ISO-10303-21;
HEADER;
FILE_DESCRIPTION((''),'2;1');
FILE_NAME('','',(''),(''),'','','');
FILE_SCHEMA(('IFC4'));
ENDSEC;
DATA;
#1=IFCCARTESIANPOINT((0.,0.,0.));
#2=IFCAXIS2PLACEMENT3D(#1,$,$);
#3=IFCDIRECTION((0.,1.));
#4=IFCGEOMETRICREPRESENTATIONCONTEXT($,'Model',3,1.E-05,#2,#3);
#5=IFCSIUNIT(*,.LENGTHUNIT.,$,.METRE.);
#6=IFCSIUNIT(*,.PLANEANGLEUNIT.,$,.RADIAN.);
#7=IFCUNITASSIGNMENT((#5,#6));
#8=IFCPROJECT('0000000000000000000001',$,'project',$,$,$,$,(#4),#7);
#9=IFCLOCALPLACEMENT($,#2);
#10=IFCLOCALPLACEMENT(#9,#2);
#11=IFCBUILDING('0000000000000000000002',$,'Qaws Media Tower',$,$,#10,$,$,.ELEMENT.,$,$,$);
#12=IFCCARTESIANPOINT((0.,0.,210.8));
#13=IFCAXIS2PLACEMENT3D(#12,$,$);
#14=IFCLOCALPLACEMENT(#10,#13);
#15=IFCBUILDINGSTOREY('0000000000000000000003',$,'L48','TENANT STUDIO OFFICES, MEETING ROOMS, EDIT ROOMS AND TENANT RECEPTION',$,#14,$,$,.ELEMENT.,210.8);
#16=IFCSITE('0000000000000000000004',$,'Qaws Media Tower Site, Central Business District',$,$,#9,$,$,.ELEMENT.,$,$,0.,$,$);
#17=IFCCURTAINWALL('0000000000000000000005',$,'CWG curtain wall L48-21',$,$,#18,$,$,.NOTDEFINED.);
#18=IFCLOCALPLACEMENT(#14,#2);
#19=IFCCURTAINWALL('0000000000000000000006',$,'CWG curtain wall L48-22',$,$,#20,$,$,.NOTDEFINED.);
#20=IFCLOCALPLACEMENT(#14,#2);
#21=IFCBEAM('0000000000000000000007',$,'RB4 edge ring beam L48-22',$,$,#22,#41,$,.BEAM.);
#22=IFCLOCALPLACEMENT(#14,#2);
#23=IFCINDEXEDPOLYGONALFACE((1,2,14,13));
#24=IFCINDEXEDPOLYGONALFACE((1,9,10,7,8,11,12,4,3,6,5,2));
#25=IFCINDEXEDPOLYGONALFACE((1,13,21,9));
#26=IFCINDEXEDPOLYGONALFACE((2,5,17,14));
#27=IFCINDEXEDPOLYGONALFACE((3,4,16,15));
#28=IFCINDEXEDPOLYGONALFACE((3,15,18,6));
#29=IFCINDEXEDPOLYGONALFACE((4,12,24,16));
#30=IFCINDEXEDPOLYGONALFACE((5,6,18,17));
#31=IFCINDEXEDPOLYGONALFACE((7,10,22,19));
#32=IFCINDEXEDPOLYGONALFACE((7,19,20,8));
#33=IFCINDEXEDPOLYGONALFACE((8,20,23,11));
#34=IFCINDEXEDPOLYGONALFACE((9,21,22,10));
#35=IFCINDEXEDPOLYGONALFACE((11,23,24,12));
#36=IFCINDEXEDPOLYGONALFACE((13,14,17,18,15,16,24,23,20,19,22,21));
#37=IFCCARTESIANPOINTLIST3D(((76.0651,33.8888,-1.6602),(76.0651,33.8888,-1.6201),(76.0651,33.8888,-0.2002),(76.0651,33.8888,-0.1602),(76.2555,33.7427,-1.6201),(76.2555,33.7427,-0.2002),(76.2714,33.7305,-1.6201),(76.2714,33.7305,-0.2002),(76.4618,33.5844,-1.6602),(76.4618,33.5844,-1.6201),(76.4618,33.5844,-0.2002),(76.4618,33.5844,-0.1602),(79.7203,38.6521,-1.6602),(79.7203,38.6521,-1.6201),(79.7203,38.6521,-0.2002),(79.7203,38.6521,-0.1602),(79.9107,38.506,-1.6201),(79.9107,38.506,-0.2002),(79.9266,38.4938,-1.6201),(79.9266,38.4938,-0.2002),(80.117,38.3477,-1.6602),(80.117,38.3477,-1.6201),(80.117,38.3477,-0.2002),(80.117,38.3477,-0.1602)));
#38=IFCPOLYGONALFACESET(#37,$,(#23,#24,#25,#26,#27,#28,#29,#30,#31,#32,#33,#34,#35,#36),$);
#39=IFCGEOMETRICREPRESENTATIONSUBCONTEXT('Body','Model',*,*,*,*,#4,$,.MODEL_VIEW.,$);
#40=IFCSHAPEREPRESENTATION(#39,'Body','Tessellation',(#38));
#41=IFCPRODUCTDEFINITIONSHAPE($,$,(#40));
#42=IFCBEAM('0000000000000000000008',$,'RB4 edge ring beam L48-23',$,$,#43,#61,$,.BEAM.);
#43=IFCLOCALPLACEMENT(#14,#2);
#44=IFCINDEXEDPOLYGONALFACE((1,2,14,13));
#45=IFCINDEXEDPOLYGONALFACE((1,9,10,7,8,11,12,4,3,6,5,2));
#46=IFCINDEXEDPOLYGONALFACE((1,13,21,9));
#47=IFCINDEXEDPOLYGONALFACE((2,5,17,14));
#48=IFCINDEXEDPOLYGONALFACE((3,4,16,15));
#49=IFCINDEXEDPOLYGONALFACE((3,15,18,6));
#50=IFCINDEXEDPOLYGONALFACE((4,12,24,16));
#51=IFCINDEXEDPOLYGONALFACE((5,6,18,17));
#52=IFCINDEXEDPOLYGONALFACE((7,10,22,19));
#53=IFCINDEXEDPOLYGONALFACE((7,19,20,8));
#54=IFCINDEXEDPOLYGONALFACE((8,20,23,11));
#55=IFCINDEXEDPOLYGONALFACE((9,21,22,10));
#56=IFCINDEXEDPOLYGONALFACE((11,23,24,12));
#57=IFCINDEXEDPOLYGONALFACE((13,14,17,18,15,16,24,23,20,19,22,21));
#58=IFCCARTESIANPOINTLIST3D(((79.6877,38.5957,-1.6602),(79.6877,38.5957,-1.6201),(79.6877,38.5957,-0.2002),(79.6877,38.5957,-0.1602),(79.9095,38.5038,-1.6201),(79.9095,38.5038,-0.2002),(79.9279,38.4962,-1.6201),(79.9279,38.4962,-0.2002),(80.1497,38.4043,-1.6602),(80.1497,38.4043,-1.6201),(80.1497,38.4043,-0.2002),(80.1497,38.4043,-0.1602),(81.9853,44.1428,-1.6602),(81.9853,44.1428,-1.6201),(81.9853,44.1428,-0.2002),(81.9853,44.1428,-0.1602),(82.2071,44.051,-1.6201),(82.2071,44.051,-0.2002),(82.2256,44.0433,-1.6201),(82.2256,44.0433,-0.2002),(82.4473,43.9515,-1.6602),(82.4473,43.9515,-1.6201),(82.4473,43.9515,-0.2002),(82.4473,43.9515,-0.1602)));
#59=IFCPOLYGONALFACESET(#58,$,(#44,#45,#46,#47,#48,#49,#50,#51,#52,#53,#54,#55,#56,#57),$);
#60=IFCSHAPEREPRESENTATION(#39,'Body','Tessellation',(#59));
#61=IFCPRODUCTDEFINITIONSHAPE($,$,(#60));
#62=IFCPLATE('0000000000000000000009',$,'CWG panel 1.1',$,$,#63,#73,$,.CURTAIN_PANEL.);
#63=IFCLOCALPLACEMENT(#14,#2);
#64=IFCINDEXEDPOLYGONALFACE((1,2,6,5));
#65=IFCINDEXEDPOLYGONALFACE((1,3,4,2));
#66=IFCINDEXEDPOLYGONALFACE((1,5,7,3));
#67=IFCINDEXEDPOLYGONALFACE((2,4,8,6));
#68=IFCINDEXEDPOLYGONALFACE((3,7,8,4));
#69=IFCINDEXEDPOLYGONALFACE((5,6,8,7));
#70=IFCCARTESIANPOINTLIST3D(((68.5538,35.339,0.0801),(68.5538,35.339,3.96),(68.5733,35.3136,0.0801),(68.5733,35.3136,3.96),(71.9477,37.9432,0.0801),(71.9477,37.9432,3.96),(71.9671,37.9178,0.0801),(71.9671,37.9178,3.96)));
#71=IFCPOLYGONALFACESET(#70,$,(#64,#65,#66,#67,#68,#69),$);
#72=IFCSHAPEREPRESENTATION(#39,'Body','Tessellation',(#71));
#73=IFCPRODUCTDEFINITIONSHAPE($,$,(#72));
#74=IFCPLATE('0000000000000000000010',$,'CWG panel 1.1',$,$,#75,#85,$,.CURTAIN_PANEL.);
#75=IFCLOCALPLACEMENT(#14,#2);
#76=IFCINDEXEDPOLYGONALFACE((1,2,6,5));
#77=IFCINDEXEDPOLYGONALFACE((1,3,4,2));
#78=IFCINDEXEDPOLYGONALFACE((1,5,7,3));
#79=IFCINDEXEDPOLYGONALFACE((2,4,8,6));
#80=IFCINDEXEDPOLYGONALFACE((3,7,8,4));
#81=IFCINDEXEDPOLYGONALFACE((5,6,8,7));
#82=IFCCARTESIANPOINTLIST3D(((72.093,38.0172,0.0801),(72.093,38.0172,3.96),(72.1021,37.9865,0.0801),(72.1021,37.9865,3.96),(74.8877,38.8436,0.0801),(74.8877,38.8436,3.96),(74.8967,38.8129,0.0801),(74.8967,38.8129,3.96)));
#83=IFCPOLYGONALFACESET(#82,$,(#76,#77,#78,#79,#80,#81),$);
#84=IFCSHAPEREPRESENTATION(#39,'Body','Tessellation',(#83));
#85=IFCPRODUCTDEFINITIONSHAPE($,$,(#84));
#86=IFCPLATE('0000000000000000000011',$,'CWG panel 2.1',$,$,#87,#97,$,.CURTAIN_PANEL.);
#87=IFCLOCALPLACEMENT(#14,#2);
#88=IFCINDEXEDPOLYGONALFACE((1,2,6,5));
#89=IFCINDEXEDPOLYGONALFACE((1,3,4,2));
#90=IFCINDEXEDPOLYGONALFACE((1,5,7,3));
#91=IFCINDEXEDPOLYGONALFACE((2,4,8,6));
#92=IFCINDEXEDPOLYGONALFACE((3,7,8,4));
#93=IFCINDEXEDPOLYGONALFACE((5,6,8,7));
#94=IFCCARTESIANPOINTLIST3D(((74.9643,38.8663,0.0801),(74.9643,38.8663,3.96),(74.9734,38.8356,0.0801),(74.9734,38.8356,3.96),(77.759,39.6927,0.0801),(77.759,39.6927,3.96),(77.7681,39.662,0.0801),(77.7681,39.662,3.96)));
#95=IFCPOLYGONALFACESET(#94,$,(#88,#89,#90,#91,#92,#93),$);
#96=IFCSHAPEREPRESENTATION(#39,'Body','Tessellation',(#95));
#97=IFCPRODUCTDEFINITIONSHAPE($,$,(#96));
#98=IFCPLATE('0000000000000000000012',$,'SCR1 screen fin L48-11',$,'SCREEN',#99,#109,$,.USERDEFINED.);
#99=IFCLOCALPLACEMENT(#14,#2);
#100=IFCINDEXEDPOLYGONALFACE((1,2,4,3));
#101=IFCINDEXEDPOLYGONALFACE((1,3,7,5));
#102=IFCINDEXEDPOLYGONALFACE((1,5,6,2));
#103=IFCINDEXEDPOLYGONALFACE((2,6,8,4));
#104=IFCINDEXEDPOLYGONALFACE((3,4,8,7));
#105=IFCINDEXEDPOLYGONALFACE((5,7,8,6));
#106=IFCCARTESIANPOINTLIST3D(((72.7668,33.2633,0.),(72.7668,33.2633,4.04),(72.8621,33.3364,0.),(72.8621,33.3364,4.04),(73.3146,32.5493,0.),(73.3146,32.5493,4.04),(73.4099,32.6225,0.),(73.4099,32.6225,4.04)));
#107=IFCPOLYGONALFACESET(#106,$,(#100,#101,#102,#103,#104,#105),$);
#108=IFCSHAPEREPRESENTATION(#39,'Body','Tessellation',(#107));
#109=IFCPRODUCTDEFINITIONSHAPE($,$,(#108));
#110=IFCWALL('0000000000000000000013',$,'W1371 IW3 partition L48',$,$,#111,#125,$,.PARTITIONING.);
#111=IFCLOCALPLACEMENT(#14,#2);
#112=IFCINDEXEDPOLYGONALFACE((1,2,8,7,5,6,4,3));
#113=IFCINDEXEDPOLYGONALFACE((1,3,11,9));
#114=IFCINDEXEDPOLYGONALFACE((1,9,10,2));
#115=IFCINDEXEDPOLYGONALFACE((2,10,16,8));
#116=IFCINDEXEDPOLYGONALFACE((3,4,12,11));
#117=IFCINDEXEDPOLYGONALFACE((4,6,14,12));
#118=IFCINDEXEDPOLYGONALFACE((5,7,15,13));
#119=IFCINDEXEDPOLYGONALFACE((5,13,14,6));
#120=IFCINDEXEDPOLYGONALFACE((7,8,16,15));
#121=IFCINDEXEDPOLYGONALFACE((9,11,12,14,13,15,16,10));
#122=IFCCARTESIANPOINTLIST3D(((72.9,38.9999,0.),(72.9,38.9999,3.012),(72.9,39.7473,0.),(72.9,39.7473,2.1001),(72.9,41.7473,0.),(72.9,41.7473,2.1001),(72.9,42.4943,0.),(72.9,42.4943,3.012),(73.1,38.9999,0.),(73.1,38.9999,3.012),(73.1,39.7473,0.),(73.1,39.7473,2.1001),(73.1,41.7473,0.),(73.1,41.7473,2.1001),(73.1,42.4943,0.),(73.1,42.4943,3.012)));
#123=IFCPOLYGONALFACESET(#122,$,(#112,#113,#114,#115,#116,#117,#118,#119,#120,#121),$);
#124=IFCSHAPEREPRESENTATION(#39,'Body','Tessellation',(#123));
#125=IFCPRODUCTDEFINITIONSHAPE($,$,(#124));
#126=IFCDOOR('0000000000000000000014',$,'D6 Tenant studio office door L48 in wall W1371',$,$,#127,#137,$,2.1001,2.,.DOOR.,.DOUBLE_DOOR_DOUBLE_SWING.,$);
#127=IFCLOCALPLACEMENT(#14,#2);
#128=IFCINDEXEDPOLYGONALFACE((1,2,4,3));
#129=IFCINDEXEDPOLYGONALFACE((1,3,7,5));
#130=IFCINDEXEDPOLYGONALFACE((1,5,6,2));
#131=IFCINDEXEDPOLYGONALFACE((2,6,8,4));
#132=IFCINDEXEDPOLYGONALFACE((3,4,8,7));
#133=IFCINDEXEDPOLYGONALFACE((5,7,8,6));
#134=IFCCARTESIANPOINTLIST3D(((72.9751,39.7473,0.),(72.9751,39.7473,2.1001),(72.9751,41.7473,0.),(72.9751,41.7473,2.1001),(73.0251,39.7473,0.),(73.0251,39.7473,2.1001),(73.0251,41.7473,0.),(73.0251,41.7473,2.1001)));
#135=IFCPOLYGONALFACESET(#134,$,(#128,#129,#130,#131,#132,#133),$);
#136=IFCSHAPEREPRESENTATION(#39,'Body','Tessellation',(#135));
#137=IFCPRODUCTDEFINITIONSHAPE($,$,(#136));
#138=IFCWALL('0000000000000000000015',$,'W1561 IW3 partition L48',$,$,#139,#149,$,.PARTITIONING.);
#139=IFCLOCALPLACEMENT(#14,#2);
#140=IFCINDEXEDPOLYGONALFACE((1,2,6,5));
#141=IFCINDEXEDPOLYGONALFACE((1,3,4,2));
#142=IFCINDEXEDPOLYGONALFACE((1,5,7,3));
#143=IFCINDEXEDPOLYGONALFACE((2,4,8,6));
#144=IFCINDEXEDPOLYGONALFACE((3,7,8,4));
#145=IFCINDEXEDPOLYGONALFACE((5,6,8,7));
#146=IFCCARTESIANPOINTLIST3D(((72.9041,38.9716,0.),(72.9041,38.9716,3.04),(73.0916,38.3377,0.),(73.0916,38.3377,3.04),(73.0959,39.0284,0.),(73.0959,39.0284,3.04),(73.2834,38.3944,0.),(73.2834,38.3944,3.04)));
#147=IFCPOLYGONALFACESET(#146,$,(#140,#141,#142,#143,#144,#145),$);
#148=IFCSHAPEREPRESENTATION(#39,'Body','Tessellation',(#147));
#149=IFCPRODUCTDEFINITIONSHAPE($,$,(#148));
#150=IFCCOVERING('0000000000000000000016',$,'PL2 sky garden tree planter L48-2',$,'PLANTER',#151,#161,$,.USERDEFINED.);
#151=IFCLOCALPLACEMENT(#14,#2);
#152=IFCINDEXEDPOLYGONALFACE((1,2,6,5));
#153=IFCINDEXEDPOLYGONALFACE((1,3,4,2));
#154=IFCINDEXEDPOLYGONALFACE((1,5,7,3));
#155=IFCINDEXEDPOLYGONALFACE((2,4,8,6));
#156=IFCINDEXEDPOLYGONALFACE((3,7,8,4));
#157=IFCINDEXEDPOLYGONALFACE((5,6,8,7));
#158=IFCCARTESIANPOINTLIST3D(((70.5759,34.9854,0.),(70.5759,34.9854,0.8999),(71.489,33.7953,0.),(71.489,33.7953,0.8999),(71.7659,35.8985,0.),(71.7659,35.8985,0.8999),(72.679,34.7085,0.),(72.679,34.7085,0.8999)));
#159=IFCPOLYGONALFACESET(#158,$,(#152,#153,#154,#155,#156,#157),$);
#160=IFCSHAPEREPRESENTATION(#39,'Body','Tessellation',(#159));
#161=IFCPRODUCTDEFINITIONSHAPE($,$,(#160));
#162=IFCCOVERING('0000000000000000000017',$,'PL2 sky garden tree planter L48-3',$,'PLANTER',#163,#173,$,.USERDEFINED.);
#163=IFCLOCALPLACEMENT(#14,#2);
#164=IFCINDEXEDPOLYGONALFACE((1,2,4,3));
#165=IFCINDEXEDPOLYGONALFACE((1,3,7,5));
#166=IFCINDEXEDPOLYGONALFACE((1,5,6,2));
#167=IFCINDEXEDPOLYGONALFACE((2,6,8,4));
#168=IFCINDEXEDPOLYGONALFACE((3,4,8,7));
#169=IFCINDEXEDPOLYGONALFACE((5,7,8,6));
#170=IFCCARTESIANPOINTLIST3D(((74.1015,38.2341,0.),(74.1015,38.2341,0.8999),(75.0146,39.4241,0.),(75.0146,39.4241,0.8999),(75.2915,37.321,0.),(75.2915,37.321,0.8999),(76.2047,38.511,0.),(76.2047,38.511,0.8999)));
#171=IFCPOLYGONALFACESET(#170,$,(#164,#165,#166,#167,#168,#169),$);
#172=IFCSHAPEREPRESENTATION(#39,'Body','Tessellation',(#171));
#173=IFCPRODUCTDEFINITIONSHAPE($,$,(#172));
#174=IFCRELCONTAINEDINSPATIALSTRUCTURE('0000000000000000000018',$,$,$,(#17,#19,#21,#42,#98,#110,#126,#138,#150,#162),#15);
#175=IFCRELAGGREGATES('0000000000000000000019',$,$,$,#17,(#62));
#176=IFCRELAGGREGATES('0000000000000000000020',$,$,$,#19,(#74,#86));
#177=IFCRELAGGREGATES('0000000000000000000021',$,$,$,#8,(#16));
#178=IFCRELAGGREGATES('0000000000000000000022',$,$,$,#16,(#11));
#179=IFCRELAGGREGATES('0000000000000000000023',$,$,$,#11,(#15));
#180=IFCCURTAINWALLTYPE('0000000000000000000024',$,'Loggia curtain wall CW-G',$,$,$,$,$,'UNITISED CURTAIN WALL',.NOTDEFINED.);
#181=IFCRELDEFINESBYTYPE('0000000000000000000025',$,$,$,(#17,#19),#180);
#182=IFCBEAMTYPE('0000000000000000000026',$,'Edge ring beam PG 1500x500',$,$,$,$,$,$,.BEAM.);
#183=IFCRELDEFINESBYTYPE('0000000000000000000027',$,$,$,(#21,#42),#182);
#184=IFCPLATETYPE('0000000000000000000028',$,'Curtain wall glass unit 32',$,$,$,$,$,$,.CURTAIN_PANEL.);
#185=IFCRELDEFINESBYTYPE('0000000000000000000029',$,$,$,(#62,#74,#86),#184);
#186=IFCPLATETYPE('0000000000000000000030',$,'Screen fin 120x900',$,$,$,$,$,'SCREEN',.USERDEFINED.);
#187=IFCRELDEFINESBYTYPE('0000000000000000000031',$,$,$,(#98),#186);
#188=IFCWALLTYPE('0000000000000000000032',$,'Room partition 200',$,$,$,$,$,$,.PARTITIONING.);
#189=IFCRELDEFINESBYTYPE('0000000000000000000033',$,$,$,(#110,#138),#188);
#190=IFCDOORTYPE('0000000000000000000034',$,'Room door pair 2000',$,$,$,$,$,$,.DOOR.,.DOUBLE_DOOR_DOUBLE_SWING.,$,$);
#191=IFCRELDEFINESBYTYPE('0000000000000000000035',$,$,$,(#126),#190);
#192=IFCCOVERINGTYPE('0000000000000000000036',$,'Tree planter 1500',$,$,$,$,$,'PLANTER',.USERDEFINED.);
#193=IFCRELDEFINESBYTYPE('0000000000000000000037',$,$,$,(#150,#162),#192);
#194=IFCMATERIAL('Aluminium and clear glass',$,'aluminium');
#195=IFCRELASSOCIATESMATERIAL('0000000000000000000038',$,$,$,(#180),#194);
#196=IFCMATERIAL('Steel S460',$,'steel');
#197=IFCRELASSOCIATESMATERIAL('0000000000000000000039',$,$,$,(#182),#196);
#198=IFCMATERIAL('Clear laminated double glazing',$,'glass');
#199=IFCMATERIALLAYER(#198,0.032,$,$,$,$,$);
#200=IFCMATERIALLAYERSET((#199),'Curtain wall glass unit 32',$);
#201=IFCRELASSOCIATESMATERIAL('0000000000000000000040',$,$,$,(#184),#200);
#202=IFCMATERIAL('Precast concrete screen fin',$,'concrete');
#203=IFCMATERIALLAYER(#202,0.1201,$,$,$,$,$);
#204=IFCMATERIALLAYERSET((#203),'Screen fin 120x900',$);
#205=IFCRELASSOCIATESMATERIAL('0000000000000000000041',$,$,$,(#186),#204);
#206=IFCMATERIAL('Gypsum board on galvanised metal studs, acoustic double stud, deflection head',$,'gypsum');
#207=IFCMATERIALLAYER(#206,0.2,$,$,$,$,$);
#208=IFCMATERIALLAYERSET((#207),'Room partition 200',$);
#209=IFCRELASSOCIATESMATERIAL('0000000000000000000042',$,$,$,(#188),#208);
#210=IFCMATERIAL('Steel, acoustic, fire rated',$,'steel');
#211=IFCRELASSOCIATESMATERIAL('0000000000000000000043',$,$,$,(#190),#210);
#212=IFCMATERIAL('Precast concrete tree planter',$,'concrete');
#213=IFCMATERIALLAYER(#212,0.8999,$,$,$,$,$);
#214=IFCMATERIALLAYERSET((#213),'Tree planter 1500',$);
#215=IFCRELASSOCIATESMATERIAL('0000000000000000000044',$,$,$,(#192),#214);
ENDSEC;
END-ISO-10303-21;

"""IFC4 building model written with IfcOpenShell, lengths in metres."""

from ifc_helpers import new_model, si_unit, direction, frame, frame_2d, origin, origin_2d, place, context, subcontext, project, spatial, rectangle, i_section, extrude, material, layer, layer_set, material_profile, profile_set, type_object, element, fill, aggregate, save


model = new_model("IFC4")

# Units and contexts
model_context = context("Model", 3, precision=1e-05, world=origin(), true_north=direction((0.0, 1.0)))
body_context = subcontext(model_context, "Body", "Model", "MODEL_VIEW")
ifc_project = project(units=[si_unit("LENGTHUNIT", "METRE"), si_unit("PLANEANGLEUNIT", "RADIAN")], contexts=[model_context])

# Site, building, storey
site_placement = place(None, origin())
site = spatial("IfcSite", under=ifc_project, at=site_placement, Name="Qaws Media Tower Site, Central Business District", CompositionType="ELEMENT", RefElevation=0.0)
building_placement = place(site_placement, origin())
building = spatial("IfcBuilding", under=site, at=building_placement, Name="Qaws Media Tower", CompositionType="ELEMENT")
storey_placement = place(building_placement, frame((0.0, 0.0, 210.8)))
storey = spatial("IfcBuildingStorey", under=building, at=storey_placement, Name="L48", Description="TENANT STUDIO OFFICES, MEETING ROOMS, EDIT ROOMS AND TENANT RECEPTION", CompositionType="ELEMENT", Elevation=210.8)

# Curtain wall
ifc_material_1 = material(Name="Aluminium and clear glass", Category="aluminium")
curtain_wall_type_1 = type_object("IfcCurtainWallType", Name="Loggia curtain wall CW-G", ElementType="UNITISED CURTAIN WALL", PredefinedType="NOTDEFINED", material=ifc_material_1)
curtain_wall_1_placement = place(storey_placement, origin())
curtain_wall_1 = element("IfcCurtainWall", 1, at=curtain_wall_1_placement, inside=storey, type_object=curtain_wall_type_1, Name="CWG curtain wall L48-21", PredefinedType="NOTDEFINED")

# Curtain wall
curtain_wall_2_placement = place(storey_placement, origin())
curtain_wall_2 = element("IfcCurtainWall", 2, at=curtain_wall_2_placement, inside=storey, type_object=curtain_wall_type_1, Name="CWG curtain wall L48-22", PredefinedType="NOTDEFINED")

# Beams
ifc_material_2 = material(Name="Steel S460", Category="steel")
ifc_material_profile_1 = material_profile(ifc_material_2, i_section(OverallWidth=0.5, OverallDepth=1.5, WebThickness=0.02, FlangeThickness=0.04, at=origin_2d()), Name="PG 1500x500")
ifc_profile_set_1 = profile_set([ifc_material_profile_1], Name="Steel S460")
beam_type = type_object("IfcBeamType", Name="Edge ring beam PG 1500x500", PredefinedType="BEAM", material=ifc_profile_set_1)
for number, where, z_axis, x_axis, name in (
    (3, (76.2634, 33.7366, -0.9102), (0.608779, 0.79334, 0.0), (-0.79334, 0.608779, 0.0), "RB4 edge ring beam L48-22"),
    (4, (79.9187, 38.5, -0.9102), (0.382671, 0.923885, 0.0), (-0.923885, 0.382671, 0.0), "RB4 edge ring beam L48-23"),
):
    element("IfcBeam", number, at=place(storey_placement, frame(where, z_axis=z_axis, x_axis=x_axis)), inside=storey, type_object=beam_type, Name=name, PredefinedType="BEAM", context=body_context, shape_type="SweptSolid", body=[
        extrude(i_section(OverallWidth=0.5, OverallDepth=1.5, WebThickness=0.02, FlangeThickness=0.04, at=origin_2d()), origin(), (0.0, 0.0, 1.0), 6.0042),
    ])

# Plates
ifc_material_3 = material(Name="Clear laminated double glazing", Category="glass")
ifc_layer_1 = layer(ifc_material_3, 0.032)
ifc_layer_set_1 = layer_set([ifc_layer_1], Name="Curtain wall glass unit 32")
plate_type_1 = type_object("IfcPlateType", Name="Curtain wall glass unit 32", PredefinedType="CURTAIN_PANEL", material=ifc_layer_set_1)
plate_1_placement = place(storey_placement, frame((70.2605, 36.6284, 0.0801), z_axis=(0.0, 0.0, 1.0), x_axis=(0.793353, 0.608762, 0.0)))
plate_1 = element("IfcPlate", 5, at=plate_1_placement, type_object=plate_type_1, Name="CWG panel 1.1", PredefinedType="CURTAIN_PANEL", context=body_context, shape_type="SweptSolid", body=[
    extrude(rectangle(XDim=4.2778, YDim=0.032, at=origin_2d()), origin(), (0.0, 0.0, 1.0), 3.8799),
])
aggregate(curtain_wall_1, [plate_1])
plate_2_placement = place(storey_placement, frame((73.4949, 38.415, 0.0801), z_axis=(0.0, 0.0, 1.0), x_axis=(0.958952, 0.28357, 0.0)))
plate_2 = element("IfcPlate", 6, at=plate_2_placement, type_object=plate_type_1, Name="CWG panel 1.1", PredefinedType="CURTAIN_PANEL", context=body_context, shape_type="SweptSolid", body=[
    extrude(rectangle(XDim=2.9143, YDim=0.032, at=origin_2d()), origin(), (0.0, 0.0, 1.0), 3.8799),
])
plate_3_placement = place(storey_placement, frame((76.3662, 39.2642, 0.0801), z_axis=(0.0, 0.0, 1.0), x_axis=(0.958952, 0.28357, 0.0)))
plate_3 = element("IfcPlate", 7, at=plate_3_placement, type_object=plate_type_1, Name="CWG panel 2.1", PredefinedType="CURTAIN_PANEL", context=body_context, shape_type="SweptSolid", body=[
    extrude(rectangle(XDim=2.9143, YDim=0.032, at=origin_2d()), origin(), (0.0, 0.0, 1.0), 3.8799),
])
aggregate(curtain_wall_2, [plate_2, plate_3])
ifc_material_4 = material(Name="Precast concrete screen fin", Category="concrete")
ifc_layer_2 = layer(ifc_material_4, 0.1201)
ifc_layer_set_2 = layer_set([ifc_layer_2], Name="Screen fin 120x900")
plate_type_2 = type_object("IfcPlateType", Name="Screen fin 120x900", ElementType="SCREEN", PredefinedType="USERDEFINED", material=ifc_layer_set_2)
plate_4_placement = place(storey_placement, frame((73.0884, 32.9429, 0.0), z_axis=(0.0, 0.0, 1.0), x_axis=(0.608761, -0.793353, 0.0)))
element("IfcPlate", 8, at=plate_4_placement, inside=storey, type_object=plate_type_2, Name="SCR1 screen fin L48-11", ObjectType="SCREEN", PredefinedType="USERDEFINED", context=body_context, shape_type="SweptSolid", body=[
    extrude(rectangle(XDim=0.8999, YDim=0.1201, at=origin_2d()), origin(), (0.0, 0.0, 1.0), 4.04),
])

# Wall, opening, door
ifc_material_5 = material(Name="Gypsum board on galvanised metal studs, acoustic double stud, deflection head", Category="gypsum")
ifc_layer_3 = layer(ifc_material_5, 0.2)
ifc_layer_set_3 = layer_set([ifc_layer_3], Name="Room partition 200")
wall_type = type_object("IfcWallType", Name="Room partition 200", PredefinedType="PARTITIONING", material=ifc_layer_set_3)
wall_1_placement = place(storey_placement, frame((73.0, 39.0, 0.0), z_axis=(0.0, 0.0, 1.0), x_axis=(0.0, 1.0, 0.0)))
wall_1 = element("IfcWall", 9, at=wall_1_placement, inside=storey, type_object=wall_type, Name="W1371 IW3 partition L48", PredefinedType="PARTITIONING", context=body_context, shape_type="SweptSolid", body=[
    extrude(rectangle(XDim=3.4944, YDim=0.2, at=frame_2d((1.7471, 0.0))), origin(), (0.0, 0.0, 1.0), 3.012),
])
opening_placement = place(wall_1_placement, frame((0.7473, 0.0, 0.0)))
opening = element("IfcOpeningElement", 10, at=opening_placement, cuts=wall_1, PredefinedType="OPENING", context=body_context, shape_type="SweptSolid", body=[
    extrude(rectangle(XDim=2.0, YDim=2.1001, at=frame_2d((1.0, 1.05))), frame((0.0, 0.1099, 0.0), z_axis=(0.0, -1.0, 0.0), x_axis=(1.0, 0.0, 0.0)), (0.0, 0.0, 1.0), 0.22),
])
ifc_material_6 = material(Name="Steel, acoustic, fire rated", Category="steel")
door_type = type_object("IfcDoorType", Name="Room door pair 2000", OperationType="DOUBLE_DOOR_DOUBLE_SWING", PredefinedType="DOOR", material=ifc_material_6)
door_placement = place(opening_placement, origin())
door = element("IfcDoor", 11, at=door_placement, inside=storey, type_object=door_type, Name="D6 Tenant studio office door L48 in wall W1371", OperationType="DOUBLE_DOOR_DOUBLE_SWING", OverallHeight=2.1001, OverallWidth=2.0, PredefinedType="DOOR", context=body_context, shape_type="SweptSolid", body=[
    extrude(rectangle(XDim=2.0, YDim=2.1001, at=frame_2d((1.0, 1.05))), frame((0.0, 0.0249, 0.0), z_axis=(0.0, -1.0, 0.0), x_axis=(1.0, 0.0, 0.0)), (0.0, 0.0, 1.0), 0.05),
])
fill(opening, door)

# Wall
wall_2_placement = place(storey_placement, frame((73.0, 39.0, 0.0), z_axis=(0.0, 0.0, 1.0), x_axis=(0.283585, -0.958947, 0.0)))
element("IfcWall", 12, at=wall_2_placement, inside=storey, type_object=wall_type, Name="W1561 IW3 partition L48", PredefinedType="PARTITIONING", context=body_context, shape_type="SweptSolid", body=[
    extrude(rectangle(XDim=0.6611, YDim=0.2, at=frame_2d((0.3306, 0.0))), origin(), (0.0, 0.0, 1.0), 3.04),
])

# Coverings
ifc_material_7 = material(Name="Precast concrete tree planter", Category="concrete")
ifc_layer_4 = layer(ifc_material_7, 0.8999)
ifc_layer_set_4 = layer_set([ifc_layer_4], Name="Tree planter 1500")
covering_type = type_object("IfcCoveringType", Name="Tree planter 1500", ElementType="PLANTER", PredefinedType="USERDEFINED", material=ifc_layer_set_4)
for number, where, z_axis, x_axis, name in (
    (13, (71.6274, 34.8469, 0.0), (0.0, 0.0, 1.0), (0.608761, -0.793353, 0.0), "PL2 sky garden tree planter L48-2"),
    (14, (75.1531, 38.3726, 0.0), (0.0, 0.0, 1.0), (0.793353, -0.608761, 0.0), "PL2 sky garden tree planter L48-3"),
):
    element("IfcCovering", number, at=place(storey_placement, frame(where, z_axis=z_axis, x_axis=x_axis)), inside=storey, type_object=covering_type, Name=name, ObjectType="PLANTER", PredefinedType="USERDEFINED", context=body_context, shape_type="SweptSolid", body=[
        extrude(rectangle(XDim=1.5, YDim=1.5, at=origin_2d()), origin(), (0.0, 0.0, 1.0), 0.8999),
    ])

save(model, "model.ifc")
